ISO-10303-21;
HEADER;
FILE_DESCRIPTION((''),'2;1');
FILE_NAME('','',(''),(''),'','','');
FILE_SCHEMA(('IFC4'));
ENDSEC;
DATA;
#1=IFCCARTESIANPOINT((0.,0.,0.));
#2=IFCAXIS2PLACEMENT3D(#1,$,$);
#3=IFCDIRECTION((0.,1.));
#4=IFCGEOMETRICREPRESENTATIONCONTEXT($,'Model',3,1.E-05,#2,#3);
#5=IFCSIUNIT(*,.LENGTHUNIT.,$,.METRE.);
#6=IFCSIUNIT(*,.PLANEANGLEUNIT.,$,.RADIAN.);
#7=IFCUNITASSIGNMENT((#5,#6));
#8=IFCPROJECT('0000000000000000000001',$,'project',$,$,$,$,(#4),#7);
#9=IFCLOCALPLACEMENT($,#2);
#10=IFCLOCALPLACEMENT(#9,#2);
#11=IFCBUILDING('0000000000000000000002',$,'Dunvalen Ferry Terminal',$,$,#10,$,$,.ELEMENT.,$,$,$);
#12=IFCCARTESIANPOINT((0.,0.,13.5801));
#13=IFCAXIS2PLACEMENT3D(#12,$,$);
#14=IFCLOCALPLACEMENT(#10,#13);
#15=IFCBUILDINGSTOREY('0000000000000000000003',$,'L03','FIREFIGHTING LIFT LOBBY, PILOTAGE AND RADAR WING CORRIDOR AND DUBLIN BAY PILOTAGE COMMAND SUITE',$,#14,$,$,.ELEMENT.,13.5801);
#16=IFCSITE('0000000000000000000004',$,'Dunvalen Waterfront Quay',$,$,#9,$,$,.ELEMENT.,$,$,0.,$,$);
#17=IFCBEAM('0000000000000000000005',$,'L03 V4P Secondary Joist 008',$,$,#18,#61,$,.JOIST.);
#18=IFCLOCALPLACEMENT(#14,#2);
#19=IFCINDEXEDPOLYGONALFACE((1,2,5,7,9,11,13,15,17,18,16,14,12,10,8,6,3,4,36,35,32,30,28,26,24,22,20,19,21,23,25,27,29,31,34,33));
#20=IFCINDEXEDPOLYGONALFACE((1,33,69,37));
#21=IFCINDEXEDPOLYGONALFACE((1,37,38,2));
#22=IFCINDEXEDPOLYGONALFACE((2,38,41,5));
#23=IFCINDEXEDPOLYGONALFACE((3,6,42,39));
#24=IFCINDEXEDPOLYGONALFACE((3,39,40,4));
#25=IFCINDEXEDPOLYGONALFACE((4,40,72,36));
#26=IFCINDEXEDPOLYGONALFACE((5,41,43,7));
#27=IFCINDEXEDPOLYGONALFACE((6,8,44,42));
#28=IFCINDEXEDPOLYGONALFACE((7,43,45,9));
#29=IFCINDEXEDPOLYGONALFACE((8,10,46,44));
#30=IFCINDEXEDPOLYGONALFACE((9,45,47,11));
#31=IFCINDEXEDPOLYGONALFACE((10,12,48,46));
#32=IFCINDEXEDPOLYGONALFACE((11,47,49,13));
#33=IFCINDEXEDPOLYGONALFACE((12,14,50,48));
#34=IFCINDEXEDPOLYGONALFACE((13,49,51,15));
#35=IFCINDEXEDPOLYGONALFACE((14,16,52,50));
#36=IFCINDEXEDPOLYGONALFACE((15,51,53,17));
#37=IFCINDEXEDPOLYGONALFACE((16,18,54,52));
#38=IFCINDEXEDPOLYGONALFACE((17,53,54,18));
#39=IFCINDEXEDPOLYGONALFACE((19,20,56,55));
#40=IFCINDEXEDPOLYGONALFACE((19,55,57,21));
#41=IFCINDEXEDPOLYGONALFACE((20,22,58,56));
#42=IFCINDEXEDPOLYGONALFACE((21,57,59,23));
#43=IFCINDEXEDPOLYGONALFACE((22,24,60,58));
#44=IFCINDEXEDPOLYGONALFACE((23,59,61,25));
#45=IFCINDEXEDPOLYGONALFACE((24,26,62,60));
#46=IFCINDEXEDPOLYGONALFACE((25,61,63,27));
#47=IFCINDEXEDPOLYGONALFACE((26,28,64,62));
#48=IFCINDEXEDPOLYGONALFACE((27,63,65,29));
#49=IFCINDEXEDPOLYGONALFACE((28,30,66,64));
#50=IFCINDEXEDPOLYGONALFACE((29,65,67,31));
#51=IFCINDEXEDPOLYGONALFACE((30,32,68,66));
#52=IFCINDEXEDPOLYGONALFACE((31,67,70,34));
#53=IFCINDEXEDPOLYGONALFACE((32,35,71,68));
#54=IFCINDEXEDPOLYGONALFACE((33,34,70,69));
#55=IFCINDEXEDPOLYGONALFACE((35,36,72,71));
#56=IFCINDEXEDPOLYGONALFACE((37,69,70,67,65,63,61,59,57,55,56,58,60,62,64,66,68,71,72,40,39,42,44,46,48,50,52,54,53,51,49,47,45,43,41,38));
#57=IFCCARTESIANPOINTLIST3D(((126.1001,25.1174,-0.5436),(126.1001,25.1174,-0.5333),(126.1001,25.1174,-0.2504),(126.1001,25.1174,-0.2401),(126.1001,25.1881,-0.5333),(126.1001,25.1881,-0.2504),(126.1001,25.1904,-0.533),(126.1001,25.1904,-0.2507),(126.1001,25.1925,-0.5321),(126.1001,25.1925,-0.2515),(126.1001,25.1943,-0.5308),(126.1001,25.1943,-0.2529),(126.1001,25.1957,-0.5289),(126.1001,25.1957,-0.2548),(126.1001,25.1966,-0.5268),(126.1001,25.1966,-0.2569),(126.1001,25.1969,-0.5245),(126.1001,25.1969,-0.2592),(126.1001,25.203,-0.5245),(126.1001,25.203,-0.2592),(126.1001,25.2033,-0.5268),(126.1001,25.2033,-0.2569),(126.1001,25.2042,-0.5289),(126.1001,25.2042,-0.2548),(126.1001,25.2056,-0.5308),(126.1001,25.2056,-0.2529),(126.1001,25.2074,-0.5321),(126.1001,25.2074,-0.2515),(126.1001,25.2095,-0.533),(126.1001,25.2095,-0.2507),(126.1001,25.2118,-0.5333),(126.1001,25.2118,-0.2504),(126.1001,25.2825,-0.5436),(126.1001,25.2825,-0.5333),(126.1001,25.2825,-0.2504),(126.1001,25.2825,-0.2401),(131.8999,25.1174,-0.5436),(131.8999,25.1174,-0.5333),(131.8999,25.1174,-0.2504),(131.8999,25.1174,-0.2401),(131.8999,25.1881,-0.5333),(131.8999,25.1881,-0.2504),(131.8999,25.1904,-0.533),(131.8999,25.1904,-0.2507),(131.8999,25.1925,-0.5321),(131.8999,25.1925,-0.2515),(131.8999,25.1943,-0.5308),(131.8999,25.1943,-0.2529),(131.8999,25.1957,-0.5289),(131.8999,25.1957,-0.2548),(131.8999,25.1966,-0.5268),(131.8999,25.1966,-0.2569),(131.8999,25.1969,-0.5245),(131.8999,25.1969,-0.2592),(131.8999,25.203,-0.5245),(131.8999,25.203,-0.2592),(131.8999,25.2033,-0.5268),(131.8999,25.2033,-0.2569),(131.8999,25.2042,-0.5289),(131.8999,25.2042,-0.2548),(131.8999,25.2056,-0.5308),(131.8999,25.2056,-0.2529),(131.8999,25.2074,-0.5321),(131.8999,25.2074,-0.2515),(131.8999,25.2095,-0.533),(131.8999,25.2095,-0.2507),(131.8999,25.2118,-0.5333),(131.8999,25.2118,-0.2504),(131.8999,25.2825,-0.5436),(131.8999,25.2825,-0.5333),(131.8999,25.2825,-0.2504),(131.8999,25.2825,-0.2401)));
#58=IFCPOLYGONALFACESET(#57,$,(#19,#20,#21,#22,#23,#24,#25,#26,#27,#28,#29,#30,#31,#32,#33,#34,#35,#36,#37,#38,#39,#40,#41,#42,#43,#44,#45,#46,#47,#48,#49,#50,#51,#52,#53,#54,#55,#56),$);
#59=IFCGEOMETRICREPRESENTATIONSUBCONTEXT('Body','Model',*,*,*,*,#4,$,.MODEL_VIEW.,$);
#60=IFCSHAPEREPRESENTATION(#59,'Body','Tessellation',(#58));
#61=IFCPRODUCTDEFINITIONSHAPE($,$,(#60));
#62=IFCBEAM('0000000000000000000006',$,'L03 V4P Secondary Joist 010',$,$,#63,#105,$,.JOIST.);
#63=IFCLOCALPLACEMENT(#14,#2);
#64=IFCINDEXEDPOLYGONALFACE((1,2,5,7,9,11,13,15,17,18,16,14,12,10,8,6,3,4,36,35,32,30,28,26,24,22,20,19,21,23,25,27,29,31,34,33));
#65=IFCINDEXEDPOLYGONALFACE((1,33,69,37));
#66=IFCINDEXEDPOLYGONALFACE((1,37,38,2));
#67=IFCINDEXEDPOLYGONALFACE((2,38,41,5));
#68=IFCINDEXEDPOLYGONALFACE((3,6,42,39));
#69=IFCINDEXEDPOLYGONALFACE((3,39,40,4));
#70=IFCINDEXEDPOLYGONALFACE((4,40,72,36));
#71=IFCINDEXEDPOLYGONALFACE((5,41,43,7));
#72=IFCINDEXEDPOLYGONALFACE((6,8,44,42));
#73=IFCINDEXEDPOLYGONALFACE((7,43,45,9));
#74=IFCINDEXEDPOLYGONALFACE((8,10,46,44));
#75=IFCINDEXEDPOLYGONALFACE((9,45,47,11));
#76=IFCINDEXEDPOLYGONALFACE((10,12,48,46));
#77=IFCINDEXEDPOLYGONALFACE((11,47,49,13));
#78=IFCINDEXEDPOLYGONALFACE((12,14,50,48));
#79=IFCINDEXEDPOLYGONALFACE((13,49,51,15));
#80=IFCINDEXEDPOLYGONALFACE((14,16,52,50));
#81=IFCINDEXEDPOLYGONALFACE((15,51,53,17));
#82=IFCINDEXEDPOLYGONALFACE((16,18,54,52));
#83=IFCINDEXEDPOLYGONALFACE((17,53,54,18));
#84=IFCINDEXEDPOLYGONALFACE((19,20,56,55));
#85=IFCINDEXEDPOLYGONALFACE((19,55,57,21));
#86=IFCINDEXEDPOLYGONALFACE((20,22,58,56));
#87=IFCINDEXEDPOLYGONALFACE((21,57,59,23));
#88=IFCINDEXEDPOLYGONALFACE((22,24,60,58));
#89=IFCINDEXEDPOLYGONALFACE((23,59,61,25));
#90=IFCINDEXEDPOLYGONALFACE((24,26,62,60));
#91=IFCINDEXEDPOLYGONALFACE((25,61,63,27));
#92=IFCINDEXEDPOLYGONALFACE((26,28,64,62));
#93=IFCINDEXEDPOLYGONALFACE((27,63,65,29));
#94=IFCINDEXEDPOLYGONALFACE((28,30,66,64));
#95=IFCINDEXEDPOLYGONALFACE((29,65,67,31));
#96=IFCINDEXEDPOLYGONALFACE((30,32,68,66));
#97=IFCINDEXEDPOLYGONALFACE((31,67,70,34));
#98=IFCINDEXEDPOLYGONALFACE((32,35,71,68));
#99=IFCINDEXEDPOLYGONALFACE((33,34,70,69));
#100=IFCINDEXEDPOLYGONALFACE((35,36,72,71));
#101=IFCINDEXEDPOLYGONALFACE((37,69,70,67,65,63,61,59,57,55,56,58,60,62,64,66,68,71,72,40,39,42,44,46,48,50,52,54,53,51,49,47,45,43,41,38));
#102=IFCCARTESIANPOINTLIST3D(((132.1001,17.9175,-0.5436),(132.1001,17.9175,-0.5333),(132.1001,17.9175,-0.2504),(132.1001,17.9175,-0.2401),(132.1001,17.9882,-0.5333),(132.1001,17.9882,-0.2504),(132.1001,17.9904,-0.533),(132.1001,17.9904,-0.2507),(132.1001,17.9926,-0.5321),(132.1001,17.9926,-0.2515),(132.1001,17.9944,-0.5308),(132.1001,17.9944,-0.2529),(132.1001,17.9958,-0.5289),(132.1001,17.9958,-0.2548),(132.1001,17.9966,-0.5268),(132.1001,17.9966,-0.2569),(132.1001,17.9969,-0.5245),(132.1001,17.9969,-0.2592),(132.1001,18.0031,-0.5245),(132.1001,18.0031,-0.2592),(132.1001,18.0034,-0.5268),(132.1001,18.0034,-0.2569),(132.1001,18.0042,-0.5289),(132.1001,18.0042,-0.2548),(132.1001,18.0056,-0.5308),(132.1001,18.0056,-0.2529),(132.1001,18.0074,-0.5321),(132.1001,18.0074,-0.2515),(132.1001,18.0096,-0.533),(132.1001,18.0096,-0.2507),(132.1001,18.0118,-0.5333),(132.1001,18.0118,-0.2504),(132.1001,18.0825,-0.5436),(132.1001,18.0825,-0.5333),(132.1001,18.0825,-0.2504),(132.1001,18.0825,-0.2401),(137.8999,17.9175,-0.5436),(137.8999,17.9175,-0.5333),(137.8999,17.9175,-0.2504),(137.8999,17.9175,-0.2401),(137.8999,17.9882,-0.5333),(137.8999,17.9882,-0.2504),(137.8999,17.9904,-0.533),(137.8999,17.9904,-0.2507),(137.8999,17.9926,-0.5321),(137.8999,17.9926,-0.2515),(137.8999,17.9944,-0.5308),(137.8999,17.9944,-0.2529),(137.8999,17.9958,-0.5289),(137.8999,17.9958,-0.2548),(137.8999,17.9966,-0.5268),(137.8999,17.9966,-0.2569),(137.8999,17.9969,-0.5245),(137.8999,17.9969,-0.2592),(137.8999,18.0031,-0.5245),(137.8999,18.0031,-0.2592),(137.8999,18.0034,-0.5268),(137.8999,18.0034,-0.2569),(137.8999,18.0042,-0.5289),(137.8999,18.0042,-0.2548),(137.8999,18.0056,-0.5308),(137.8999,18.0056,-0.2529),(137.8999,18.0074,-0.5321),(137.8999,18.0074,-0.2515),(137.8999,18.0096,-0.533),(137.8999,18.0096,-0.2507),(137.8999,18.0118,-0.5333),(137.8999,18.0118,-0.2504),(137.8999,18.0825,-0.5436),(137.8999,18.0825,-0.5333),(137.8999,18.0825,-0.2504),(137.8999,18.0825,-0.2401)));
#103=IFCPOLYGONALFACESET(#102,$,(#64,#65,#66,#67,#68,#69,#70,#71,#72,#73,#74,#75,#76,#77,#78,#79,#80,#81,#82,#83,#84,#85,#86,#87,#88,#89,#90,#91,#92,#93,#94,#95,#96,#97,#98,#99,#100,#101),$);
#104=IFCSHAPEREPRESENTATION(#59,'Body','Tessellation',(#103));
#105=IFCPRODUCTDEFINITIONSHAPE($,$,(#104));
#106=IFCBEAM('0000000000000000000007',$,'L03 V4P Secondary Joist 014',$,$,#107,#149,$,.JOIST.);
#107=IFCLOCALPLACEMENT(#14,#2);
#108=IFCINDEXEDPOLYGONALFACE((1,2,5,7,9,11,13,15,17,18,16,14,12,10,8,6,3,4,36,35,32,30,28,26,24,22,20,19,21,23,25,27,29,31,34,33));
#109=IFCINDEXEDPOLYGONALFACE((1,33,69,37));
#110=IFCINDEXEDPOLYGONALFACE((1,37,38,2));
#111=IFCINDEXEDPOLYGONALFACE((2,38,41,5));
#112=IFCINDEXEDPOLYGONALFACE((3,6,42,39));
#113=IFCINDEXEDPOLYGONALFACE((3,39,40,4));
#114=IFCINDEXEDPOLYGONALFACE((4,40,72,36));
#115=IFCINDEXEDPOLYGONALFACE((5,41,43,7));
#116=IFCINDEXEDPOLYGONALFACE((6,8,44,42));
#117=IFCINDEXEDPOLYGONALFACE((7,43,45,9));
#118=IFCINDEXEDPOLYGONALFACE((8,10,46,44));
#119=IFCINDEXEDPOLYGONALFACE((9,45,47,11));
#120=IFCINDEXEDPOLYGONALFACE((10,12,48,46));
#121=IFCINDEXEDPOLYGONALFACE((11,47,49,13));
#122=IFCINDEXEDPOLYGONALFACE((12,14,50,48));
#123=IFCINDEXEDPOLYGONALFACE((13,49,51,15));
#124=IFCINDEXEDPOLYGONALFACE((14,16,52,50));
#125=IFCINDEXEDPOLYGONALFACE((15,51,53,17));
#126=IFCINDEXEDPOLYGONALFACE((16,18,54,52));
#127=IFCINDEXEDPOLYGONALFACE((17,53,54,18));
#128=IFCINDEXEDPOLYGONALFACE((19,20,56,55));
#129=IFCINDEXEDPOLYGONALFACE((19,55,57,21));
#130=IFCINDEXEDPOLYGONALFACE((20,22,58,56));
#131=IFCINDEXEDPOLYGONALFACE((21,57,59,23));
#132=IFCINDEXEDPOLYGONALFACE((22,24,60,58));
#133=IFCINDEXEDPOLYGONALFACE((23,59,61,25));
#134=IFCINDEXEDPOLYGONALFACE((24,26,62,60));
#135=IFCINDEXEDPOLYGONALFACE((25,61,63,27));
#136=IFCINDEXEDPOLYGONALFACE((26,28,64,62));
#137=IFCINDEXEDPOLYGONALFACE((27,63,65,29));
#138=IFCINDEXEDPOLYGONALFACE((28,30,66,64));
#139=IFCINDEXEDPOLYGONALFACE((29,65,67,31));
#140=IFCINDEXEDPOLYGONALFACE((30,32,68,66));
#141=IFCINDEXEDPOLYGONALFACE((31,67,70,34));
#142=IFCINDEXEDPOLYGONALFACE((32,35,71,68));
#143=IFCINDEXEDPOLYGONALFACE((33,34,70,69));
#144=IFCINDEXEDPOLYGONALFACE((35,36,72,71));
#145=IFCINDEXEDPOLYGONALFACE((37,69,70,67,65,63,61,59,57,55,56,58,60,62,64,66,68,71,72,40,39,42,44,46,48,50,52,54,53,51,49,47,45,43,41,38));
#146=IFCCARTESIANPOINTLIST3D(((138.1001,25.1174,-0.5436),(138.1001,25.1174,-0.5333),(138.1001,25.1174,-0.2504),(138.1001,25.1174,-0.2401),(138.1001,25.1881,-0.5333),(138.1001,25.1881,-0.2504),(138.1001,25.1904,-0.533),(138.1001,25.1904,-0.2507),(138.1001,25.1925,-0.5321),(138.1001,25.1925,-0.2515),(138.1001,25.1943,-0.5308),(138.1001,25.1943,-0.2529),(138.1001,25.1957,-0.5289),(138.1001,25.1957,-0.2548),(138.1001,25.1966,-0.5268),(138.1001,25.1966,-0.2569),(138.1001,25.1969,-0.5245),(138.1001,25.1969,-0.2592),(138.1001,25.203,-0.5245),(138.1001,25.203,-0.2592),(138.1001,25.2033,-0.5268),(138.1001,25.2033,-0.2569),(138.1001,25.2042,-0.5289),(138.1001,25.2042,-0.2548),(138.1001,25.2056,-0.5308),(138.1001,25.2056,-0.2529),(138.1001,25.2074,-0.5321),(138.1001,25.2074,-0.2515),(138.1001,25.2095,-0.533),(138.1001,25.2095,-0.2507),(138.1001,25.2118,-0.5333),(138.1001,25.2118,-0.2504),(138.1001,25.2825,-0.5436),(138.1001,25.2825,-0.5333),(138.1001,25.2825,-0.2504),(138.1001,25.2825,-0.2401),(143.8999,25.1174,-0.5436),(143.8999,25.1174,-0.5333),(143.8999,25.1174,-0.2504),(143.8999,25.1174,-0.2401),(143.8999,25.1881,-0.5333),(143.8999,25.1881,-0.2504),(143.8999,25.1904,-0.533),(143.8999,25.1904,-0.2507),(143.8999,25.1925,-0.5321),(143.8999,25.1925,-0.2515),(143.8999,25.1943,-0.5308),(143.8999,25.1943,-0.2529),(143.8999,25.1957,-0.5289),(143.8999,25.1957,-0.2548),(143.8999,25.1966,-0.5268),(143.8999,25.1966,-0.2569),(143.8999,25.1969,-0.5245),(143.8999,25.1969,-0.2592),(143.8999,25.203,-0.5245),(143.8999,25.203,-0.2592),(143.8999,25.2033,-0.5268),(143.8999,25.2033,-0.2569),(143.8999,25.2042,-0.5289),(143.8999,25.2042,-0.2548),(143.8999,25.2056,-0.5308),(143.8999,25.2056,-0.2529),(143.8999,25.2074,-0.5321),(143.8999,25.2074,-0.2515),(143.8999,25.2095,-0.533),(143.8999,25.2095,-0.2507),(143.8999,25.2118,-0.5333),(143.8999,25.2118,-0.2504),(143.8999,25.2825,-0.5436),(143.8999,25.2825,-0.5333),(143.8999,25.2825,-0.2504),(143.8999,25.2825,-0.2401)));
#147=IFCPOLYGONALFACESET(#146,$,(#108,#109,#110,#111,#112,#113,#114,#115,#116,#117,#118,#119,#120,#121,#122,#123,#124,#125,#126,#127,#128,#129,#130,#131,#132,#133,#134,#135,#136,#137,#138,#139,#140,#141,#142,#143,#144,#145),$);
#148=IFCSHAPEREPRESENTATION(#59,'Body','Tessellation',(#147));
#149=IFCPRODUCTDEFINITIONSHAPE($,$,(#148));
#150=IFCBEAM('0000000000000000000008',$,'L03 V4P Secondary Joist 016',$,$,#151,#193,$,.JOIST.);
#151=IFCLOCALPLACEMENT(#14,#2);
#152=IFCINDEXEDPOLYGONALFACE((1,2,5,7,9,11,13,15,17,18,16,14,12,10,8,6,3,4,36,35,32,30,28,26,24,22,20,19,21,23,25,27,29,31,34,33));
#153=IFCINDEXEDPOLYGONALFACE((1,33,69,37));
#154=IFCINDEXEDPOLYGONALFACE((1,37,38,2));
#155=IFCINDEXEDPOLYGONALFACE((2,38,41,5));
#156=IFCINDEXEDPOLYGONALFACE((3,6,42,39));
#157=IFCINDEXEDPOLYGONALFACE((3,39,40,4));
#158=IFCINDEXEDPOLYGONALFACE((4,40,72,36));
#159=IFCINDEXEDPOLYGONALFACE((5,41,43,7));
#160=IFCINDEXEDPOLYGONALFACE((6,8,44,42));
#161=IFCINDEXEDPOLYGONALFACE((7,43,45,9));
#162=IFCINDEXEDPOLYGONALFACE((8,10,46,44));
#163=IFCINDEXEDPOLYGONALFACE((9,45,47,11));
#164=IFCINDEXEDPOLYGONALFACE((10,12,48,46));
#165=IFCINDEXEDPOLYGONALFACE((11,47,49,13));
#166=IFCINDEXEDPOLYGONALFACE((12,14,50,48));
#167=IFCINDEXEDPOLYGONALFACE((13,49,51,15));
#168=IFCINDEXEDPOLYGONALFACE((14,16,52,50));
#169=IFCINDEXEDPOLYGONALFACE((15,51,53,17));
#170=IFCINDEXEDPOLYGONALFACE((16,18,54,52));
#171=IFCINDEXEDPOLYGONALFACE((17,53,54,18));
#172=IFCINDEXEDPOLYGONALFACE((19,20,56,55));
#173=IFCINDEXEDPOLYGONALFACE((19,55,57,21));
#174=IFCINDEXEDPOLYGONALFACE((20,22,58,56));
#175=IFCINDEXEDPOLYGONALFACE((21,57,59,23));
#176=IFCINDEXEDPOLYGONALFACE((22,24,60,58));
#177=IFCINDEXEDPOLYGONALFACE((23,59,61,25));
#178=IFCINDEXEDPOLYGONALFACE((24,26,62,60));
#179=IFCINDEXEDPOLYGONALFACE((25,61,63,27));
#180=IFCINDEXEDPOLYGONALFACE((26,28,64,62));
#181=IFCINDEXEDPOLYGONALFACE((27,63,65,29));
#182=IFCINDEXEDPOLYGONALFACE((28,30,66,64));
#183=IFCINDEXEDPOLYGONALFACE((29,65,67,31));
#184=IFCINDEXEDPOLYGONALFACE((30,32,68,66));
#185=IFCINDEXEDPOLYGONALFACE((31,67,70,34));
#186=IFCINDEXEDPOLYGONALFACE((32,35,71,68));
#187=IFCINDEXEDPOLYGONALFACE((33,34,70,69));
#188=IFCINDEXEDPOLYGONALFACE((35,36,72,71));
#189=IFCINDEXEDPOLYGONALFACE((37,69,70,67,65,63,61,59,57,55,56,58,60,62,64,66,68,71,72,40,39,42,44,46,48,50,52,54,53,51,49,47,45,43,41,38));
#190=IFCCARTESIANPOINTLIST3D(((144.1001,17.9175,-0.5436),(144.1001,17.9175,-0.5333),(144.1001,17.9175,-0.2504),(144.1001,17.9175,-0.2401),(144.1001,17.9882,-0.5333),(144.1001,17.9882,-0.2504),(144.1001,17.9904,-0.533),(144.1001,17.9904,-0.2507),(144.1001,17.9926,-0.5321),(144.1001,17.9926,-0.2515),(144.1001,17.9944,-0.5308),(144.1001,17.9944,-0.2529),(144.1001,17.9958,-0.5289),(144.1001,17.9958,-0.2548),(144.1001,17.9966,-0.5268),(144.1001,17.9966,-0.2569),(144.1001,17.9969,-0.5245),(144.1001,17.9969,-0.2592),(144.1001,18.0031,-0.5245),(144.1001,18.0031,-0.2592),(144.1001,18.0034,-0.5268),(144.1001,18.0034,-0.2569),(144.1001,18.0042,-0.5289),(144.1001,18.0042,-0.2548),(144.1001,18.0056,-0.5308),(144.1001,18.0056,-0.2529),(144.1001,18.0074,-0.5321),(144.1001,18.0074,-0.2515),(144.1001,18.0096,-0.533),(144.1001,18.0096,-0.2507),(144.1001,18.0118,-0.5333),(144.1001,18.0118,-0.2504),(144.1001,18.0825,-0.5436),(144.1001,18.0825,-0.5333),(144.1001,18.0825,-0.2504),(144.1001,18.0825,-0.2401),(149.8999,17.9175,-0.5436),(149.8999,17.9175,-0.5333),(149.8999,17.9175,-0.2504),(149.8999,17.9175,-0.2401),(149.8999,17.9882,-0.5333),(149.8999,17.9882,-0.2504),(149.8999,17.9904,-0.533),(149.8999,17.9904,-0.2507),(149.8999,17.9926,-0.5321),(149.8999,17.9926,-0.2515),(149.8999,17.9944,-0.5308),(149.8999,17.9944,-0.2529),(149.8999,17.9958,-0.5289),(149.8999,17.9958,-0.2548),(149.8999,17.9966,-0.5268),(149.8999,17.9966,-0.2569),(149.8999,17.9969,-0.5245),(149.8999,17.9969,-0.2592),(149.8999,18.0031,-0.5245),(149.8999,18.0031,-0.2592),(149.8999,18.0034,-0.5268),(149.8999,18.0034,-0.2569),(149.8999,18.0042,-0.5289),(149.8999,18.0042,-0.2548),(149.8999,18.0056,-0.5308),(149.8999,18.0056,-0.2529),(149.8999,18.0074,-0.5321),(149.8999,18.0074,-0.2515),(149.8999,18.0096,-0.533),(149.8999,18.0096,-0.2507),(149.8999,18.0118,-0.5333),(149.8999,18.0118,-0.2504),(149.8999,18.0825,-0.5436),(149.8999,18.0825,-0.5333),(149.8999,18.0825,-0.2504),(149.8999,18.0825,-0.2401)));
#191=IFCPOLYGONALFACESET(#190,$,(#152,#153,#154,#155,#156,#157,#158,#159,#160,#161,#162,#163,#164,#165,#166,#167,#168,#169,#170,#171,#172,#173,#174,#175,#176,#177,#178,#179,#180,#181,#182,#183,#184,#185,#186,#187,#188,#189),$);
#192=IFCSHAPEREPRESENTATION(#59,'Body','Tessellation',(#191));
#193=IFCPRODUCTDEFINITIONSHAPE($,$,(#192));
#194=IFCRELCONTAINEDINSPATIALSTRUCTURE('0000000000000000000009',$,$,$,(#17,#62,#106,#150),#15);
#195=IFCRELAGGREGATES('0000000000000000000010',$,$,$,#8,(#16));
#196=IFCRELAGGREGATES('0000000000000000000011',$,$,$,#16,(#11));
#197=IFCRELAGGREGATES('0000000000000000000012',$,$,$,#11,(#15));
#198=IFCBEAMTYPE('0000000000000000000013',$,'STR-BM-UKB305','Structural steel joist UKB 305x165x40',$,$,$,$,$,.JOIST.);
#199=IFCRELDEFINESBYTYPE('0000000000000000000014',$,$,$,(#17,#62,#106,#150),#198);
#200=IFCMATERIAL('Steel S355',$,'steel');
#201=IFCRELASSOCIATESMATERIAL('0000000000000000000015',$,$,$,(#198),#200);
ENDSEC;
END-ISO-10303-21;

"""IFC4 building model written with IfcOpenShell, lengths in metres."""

from ifc_helpers import new_model, si_unit, direction, frame, origin, origin_2d, place, context, subcontext, project, spatial, i_section, extrude, material, material_profile, profile_set, type_object, element, save


model = new_model("IFC4")

# Units and contexts
model_context = context("Model", 3, precision=1e-05, world=origin(), true_north=direction((0.0, 1.0)))
body_context = subcontext(model_context, "Body", "Model", "MODEL_VIEW")
ifc_project = project(units=[si_unit("LENGTHUNIT", "METRE"), si_unit("PLANEANGLEUNIT", "RADIAN")], contexts=[model_context])

# Site, building, storey
site_placement = place(None, origin())
site = spatial("IfcSite", under=ifc_project, at=site_placement, Name="Dunvalen Waterfront Quay", CompositionType="ELEMENT", RefElevation=0.0)
building_placement = place(site_placement, origin())
building = spatial("IfcBuilding", under=site, at=building_placement, Name="Dunvalen Ferry Terminal", CompositionType="ELEMENT")
storey_placement = place(building_placement, frame((0.0, 0.0, 13.5801)))
storey = spatial("IfcBuildingStorey", under=building, at=storey_placement, Name="L03", Description="FIREFIGHTING LIFT LOBBY, PILOTAGE AND RADAR WING CORRIDOR AND DUBLIN BAY PILOTAGE COMMAND SUITE", CompositionType="ELEMENT", Elevation=13.5801)

# Beams
ifc_material_1 = material(Name="Steel S355", Category="steel")
ifc_material_profile_1 = material_profile(ifc_material_1, i_section(OverallWidth=0.165, OverallDepth=0.3035, WebThickness=0.0061, FlangeThickness=0.0103, FilletRadius=0.0088, at=origin_2d()), Name="Steel S355")
ifc_profile_set_1 = profile_set([ifc_material_profile_1], Name="Steel S355")
beam_type_1 = type_object("IfcBeamType", Name="STR-BM-UKB305", Description="Structural steel joist UKB 305x165x40", PredefinedType="JOIST", material=ifc_profile_set_1)
for number, where, z_axis, x_axis, name in (
    (1, (126.1001, 25.2, -0.3918), (1.0, 0.0, 0.0), (0.0, 1.0, 0.0), "L03 V4P Secondary Joist 008"),
    (2, (132.1001, 18.0, -0.3918), (1.0, 0.0, 0.0), (0.0, 1.0, 0.0), "L03 V4P Secondary Joist 010"),
    (3, (138.1001, 25.2, -0.3918), (1.0, 0.0, 0.0), (0.0, 1.0, 0.0), "L03 V4P Secondary Joist 014"),
    (4, (144.1001, 18.0, -0.3918), (1.0, 0.0, 0.0), (0.0, 1.0, 0.0), "L03 V4P Secondary Joist 016"),
):
    element("IfcBeam", number, at=place(storey_placement, frame(where, z_axis=z_axis, x_axis=x_axis)), inside=storey, type_object=beam_type_1, Name=name, PredefinedType="JOIST", context=body_context, shape_type="SweptSolid", body=[
        extrude(i_section(OverallWidth=0.165, OverallDepth=0.3035, WebThickness=0.0061, FlangeThickness=0.0103, FilletRadius=0.0088, at=origin_2d()), origin(), (0.0, 0.0, 1.0), 5.7998),
    ])

save(model, "model.ifc")
